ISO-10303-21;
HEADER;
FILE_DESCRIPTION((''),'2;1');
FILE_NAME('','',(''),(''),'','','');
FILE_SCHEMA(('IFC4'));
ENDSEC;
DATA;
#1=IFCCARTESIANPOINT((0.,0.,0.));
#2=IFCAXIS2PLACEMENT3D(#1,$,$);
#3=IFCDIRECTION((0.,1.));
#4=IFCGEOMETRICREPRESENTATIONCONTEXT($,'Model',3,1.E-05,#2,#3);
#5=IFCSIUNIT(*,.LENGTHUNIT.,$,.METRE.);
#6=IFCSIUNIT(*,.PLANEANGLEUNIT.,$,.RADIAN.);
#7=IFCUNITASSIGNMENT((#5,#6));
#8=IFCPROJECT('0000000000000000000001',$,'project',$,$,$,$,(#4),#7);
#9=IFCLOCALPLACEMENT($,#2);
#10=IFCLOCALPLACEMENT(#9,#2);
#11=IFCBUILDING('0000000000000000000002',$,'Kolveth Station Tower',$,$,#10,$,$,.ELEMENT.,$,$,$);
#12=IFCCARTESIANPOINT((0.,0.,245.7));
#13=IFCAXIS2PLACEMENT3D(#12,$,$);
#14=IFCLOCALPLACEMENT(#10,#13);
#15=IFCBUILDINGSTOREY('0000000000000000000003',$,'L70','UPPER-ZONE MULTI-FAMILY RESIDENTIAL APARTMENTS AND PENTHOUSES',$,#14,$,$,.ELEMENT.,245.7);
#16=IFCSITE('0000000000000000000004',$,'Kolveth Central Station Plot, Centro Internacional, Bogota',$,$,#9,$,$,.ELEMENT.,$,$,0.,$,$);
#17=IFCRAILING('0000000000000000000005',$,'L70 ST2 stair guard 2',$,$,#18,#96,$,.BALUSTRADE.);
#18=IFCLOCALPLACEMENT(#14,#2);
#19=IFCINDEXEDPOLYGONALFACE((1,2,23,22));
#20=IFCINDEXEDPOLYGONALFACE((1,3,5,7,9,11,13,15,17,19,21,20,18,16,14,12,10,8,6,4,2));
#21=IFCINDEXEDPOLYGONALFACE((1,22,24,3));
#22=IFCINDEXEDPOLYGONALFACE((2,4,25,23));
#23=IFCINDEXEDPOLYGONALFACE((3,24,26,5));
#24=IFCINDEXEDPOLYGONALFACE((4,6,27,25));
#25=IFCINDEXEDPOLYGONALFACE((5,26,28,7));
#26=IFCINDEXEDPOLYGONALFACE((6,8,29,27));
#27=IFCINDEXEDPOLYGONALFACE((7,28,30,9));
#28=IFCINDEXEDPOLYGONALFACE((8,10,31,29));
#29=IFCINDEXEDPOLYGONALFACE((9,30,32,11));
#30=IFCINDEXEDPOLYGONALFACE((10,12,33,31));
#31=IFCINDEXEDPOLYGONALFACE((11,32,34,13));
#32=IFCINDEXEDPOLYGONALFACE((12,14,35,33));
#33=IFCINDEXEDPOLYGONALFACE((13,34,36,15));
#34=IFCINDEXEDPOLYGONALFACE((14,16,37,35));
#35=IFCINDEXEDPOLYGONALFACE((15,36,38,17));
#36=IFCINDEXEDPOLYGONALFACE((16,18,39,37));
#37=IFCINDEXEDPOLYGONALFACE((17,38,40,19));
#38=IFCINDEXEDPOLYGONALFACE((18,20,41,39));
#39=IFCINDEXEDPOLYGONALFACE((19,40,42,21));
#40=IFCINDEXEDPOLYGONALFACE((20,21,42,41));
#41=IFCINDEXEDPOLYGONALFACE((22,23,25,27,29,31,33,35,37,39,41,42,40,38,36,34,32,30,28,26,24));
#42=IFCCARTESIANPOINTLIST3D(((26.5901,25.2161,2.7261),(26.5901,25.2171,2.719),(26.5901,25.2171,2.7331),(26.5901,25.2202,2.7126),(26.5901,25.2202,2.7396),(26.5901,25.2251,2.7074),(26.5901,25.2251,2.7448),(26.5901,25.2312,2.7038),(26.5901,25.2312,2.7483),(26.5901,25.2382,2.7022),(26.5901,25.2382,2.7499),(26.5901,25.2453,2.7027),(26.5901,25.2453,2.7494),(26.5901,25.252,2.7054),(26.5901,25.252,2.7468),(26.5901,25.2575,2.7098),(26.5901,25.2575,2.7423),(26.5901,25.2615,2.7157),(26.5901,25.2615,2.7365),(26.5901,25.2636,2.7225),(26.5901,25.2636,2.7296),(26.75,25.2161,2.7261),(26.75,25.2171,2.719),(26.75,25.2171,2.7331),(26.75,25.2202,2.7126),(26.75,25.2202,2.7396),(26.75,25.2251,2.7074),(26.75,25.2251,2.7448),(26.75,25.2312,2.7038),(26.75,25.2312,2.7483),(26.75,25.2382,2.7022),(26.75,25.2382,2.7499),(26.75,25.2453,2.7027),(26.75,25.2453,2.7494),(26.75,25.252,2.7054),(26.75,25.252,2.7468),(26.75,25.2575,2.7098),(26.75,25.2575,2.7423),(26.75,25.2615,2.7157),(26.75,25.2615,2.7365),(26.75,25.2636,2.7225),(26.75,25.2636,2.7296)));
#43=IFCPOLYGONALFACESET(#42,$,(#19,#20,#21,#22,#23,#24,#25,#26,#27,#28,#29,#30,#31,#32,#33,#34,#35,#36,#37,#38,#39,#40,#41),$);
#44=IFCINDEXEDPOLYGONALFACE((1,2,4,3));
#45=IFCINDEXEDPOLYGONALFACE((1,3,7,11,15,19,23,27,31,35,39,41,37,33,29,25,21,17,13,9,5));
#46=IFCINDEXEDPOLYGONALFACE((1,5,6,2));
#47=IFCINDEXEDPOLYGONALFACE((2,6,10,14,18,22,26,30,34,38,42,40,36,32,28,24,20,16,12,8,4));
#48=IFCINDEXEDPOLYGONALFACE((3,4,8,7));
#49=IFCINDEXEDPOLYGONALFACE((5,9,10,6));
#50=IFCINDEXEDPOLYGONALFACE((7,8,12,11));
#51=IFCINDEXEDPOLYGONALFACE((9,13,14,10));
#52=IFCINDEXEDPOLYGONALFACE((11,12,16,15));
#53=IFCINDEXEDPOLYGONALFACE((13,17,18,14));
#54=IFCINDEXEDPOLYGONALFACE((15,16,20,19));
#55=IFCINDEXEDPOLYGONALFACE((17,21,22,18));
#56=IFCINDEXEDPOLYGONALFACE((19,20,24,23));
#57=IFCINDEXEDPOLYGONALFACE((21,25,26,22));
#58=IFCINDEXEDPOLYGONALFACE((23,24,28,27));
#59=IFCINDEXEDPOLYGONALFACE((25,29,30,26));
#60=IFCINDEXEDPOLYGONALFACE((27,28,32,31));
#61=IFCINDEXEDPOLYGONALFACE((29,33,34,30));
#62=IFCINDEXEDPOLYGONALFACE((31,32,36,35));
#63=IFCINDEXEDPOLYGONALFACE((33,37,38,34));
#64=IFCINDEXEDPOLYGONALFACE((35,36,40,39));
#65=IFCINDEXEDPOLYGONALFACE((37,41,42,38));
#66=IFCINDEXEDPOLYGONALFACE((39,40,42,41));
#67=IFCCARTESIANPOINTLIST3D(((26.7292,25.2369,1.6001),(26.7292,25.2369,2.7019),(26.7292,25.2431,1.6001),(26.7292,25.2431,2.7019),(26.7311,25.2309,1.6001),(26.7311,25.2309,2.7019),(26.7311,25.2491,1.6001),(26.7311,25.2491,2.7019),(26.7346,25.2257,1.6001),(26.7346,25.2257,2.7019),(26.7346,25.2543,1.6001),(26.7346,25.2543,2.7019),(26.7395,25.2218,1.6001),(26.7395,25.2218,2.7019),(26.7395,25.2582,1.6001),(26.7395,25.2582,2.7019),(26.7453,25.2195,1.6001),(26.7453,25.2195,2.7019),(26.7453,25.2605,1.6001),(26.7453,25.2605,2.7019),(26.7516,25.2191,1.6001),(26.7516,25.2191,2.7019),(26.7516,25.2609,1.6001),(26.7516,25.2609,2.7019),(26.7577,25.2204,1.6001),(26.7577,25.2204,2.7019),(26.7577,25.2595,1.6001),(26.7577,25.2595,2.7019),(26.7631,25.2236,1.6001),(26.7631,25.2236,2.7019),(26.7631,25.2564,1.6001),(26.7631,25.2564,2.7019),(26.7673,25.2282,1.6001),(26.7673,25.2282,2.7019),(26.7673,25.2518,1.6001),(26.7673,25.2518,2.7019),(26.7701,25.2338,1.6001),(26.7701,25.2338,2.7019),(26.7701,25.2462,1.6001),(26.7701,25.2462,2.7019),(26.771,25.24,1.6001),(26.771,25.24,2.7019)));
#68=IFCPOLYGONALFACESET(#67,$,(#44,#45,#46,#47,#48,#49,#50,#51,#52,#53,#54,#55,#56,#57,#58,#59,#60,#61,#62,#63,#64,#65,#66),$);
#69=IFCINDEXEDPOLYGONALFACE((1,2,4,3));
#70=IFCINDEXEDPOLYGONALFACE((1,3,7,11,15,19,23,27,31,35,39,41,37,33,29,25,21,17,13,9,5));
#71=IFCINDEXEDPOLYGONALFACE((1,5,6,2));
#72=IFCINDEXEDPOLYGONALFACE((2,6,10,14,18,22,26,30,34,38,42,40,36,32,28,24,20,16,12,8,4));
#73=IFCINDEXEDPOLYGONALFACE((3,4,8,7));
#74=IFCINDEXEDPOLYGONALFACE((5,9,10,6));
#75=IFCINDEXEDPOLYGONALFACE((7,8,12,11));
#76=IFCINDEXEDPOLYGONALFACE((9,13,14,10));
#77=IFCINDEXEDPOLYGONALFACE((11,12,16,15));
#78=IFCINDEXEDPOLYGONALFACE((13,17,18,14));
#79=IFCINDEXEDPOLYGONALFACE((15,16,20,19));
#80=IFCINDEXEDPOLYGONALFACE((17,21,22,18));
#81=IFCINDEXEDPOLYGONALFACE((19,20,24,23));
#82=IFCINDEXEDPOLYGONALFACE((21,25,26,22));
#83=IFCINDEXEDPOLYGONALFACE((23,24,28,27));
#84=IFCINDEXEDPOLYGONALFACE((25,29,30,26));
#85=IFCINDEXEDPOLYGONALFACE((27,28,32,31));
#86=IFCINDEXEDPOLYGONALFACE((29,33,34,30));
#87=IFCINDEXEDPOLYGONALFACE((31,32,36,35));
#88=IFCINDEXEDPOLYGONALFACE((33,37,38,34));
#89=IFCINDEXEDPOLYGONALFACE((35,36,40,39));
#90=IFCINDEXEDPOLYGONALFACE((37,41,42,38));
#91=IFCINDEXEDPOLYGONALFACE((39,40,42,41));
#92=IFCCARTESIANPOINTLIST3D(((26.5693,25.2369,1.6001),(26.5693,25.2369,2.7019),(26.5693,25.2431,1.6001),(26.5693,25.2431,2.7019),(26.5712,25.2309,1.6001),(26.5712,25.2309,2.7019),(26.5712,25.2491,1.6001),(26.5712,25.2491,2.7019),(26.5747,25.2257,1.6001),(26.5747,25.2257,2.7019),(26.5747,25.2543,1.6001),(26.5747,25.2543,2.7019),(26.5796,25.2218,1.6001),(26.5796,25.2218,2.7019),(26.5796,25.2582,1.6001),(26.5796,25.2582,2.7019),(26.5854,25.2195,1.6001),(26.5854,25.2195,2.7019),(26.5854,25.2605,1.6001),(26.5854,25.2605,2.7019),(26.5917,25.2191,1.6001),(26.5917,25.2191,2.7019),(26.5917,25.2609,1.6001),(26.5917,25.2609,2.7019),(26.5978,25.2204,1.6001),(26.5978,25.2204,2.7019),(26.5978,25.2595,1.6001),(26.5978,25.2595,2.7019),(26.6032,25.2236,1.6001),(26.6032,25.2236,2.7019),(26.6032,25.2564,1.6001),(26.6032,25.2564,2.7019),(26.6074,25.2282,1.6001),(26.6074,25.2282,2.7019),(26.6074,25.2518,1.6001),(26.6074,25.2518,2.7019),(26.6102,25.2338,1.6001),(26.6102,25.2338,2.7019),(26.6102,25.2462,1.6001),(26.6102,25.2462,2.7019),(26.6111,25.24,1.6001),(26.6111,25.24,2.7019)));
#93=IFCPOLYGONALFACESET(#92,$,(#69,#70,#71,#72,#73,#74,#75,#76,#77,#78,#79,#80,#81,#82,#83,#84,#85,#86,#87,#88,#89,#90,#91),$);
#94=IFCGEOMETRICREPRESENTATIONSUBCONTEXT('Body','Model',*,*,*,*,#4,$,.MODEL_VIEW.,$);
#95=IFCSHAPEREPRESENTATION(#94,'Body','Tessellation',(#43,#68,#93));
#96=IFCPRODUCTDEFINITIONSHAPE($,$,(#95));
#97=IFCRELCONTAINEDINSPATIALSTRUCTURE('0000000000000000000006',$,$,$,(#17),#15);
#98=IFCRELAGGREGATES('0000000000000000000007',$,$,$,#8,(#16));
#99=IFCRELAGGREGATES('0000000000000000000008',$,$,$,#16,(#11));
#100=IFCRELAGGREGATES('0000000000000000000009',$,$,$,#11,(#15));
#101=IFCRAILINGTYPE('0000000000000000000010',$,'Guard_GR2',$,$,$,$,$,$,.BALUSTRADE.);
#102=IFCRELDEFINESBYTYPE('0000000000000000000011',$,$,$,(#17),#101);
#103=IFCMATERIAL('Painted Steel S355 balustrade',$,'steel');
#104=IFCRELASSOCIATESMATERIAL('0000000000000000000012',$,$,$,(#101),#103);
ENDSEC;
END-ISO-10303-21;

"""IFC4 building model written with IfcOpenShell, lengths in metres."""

from ifc_helpers import new_model, si_unit, direction, frame, origin, origin_2d, place, context, subcontext, project, spatial, circle, extrude, material, type_object, element, save


model = new_model("IFC4")

# Units and contexts
model_context = context("Model", 3, precision=1e-05, world=origin(), true_north=direction((0.0, 1.0)))
body_context = subcontext(model_context, "Body", "Model", "MODEL_VIEW")
ifc_project = project(units=[si_unit("LENGTHUNIT", "METRE"), si_unit("PLANEANGLEUNIT", "RADIAN")], contexts=[model_context])

# Site, building, storey
site_placement = place(None, origin())
site = spatial("IfcSite", under=ifc_project, at=site_placement, Name="Kolveth Central Station Plot, Centro Internacional, Bogota", CompositionType="ELEMENT", RefElevation=0.0)
building_placement = place(site_placement, origin())
building = spatial("IfcBuilding", under=site, at=building_placement, Name="Kolveth Station Tower", CompositionType="ELEMENT")
storey_placement = place(building_placement, frame((0.0, 0.0, 245.7)))
storey = spatial("IfcBuildingStorey", under=building, at=storey_placement, Name="L70", Description="UPPER-ZONE MULTI-FAMILY RESIDENTIAL APARTMENTS AND PENTHOUSES", CompositionType="ELEMENT", Elevation=245.7)

# Railing
ifc_material_1 = material(Name="Painted Steel S355 balustrade", Category="steel")
railing_type = type_object("IfcRailingType", Name="Guard_GR2", PredefinedType="BALUSTRADE", material=ifc_material_1)
railing_placement = place(storey_placement, frame((26.75, 25.24, 1.6001)))
element("IfcRailing", 1, at=railing_placement, inside=storey, type_object=railing_type, Name="L70 ST2 stair guard 2", PredefinedType="BALUSTRADE", context=body_context, shape_type="SweptSolid", body=[
    extrude(circle(Radius=0.0239, at=origin_2d()), frame((0.0, 0.0, 1.126), z_axis=(-1.0, 0.0, 0.0), x_axis=(0.0, -1.0, 0.0)), (0.0, 0.0, 1.0), 0.1599),
    extrude(circle(Radius=0.021, at=origin_2d()), origin(), (0.0, 0.0, 1.0), 1.1018),
    extrude(circle(Radius=0.021, at=origin_2d()), frame((-0.1599, 0.0, 0.0)), (0.0, 0.0, 1.0), 1.1018),
])

save(model, "model.ifc")
